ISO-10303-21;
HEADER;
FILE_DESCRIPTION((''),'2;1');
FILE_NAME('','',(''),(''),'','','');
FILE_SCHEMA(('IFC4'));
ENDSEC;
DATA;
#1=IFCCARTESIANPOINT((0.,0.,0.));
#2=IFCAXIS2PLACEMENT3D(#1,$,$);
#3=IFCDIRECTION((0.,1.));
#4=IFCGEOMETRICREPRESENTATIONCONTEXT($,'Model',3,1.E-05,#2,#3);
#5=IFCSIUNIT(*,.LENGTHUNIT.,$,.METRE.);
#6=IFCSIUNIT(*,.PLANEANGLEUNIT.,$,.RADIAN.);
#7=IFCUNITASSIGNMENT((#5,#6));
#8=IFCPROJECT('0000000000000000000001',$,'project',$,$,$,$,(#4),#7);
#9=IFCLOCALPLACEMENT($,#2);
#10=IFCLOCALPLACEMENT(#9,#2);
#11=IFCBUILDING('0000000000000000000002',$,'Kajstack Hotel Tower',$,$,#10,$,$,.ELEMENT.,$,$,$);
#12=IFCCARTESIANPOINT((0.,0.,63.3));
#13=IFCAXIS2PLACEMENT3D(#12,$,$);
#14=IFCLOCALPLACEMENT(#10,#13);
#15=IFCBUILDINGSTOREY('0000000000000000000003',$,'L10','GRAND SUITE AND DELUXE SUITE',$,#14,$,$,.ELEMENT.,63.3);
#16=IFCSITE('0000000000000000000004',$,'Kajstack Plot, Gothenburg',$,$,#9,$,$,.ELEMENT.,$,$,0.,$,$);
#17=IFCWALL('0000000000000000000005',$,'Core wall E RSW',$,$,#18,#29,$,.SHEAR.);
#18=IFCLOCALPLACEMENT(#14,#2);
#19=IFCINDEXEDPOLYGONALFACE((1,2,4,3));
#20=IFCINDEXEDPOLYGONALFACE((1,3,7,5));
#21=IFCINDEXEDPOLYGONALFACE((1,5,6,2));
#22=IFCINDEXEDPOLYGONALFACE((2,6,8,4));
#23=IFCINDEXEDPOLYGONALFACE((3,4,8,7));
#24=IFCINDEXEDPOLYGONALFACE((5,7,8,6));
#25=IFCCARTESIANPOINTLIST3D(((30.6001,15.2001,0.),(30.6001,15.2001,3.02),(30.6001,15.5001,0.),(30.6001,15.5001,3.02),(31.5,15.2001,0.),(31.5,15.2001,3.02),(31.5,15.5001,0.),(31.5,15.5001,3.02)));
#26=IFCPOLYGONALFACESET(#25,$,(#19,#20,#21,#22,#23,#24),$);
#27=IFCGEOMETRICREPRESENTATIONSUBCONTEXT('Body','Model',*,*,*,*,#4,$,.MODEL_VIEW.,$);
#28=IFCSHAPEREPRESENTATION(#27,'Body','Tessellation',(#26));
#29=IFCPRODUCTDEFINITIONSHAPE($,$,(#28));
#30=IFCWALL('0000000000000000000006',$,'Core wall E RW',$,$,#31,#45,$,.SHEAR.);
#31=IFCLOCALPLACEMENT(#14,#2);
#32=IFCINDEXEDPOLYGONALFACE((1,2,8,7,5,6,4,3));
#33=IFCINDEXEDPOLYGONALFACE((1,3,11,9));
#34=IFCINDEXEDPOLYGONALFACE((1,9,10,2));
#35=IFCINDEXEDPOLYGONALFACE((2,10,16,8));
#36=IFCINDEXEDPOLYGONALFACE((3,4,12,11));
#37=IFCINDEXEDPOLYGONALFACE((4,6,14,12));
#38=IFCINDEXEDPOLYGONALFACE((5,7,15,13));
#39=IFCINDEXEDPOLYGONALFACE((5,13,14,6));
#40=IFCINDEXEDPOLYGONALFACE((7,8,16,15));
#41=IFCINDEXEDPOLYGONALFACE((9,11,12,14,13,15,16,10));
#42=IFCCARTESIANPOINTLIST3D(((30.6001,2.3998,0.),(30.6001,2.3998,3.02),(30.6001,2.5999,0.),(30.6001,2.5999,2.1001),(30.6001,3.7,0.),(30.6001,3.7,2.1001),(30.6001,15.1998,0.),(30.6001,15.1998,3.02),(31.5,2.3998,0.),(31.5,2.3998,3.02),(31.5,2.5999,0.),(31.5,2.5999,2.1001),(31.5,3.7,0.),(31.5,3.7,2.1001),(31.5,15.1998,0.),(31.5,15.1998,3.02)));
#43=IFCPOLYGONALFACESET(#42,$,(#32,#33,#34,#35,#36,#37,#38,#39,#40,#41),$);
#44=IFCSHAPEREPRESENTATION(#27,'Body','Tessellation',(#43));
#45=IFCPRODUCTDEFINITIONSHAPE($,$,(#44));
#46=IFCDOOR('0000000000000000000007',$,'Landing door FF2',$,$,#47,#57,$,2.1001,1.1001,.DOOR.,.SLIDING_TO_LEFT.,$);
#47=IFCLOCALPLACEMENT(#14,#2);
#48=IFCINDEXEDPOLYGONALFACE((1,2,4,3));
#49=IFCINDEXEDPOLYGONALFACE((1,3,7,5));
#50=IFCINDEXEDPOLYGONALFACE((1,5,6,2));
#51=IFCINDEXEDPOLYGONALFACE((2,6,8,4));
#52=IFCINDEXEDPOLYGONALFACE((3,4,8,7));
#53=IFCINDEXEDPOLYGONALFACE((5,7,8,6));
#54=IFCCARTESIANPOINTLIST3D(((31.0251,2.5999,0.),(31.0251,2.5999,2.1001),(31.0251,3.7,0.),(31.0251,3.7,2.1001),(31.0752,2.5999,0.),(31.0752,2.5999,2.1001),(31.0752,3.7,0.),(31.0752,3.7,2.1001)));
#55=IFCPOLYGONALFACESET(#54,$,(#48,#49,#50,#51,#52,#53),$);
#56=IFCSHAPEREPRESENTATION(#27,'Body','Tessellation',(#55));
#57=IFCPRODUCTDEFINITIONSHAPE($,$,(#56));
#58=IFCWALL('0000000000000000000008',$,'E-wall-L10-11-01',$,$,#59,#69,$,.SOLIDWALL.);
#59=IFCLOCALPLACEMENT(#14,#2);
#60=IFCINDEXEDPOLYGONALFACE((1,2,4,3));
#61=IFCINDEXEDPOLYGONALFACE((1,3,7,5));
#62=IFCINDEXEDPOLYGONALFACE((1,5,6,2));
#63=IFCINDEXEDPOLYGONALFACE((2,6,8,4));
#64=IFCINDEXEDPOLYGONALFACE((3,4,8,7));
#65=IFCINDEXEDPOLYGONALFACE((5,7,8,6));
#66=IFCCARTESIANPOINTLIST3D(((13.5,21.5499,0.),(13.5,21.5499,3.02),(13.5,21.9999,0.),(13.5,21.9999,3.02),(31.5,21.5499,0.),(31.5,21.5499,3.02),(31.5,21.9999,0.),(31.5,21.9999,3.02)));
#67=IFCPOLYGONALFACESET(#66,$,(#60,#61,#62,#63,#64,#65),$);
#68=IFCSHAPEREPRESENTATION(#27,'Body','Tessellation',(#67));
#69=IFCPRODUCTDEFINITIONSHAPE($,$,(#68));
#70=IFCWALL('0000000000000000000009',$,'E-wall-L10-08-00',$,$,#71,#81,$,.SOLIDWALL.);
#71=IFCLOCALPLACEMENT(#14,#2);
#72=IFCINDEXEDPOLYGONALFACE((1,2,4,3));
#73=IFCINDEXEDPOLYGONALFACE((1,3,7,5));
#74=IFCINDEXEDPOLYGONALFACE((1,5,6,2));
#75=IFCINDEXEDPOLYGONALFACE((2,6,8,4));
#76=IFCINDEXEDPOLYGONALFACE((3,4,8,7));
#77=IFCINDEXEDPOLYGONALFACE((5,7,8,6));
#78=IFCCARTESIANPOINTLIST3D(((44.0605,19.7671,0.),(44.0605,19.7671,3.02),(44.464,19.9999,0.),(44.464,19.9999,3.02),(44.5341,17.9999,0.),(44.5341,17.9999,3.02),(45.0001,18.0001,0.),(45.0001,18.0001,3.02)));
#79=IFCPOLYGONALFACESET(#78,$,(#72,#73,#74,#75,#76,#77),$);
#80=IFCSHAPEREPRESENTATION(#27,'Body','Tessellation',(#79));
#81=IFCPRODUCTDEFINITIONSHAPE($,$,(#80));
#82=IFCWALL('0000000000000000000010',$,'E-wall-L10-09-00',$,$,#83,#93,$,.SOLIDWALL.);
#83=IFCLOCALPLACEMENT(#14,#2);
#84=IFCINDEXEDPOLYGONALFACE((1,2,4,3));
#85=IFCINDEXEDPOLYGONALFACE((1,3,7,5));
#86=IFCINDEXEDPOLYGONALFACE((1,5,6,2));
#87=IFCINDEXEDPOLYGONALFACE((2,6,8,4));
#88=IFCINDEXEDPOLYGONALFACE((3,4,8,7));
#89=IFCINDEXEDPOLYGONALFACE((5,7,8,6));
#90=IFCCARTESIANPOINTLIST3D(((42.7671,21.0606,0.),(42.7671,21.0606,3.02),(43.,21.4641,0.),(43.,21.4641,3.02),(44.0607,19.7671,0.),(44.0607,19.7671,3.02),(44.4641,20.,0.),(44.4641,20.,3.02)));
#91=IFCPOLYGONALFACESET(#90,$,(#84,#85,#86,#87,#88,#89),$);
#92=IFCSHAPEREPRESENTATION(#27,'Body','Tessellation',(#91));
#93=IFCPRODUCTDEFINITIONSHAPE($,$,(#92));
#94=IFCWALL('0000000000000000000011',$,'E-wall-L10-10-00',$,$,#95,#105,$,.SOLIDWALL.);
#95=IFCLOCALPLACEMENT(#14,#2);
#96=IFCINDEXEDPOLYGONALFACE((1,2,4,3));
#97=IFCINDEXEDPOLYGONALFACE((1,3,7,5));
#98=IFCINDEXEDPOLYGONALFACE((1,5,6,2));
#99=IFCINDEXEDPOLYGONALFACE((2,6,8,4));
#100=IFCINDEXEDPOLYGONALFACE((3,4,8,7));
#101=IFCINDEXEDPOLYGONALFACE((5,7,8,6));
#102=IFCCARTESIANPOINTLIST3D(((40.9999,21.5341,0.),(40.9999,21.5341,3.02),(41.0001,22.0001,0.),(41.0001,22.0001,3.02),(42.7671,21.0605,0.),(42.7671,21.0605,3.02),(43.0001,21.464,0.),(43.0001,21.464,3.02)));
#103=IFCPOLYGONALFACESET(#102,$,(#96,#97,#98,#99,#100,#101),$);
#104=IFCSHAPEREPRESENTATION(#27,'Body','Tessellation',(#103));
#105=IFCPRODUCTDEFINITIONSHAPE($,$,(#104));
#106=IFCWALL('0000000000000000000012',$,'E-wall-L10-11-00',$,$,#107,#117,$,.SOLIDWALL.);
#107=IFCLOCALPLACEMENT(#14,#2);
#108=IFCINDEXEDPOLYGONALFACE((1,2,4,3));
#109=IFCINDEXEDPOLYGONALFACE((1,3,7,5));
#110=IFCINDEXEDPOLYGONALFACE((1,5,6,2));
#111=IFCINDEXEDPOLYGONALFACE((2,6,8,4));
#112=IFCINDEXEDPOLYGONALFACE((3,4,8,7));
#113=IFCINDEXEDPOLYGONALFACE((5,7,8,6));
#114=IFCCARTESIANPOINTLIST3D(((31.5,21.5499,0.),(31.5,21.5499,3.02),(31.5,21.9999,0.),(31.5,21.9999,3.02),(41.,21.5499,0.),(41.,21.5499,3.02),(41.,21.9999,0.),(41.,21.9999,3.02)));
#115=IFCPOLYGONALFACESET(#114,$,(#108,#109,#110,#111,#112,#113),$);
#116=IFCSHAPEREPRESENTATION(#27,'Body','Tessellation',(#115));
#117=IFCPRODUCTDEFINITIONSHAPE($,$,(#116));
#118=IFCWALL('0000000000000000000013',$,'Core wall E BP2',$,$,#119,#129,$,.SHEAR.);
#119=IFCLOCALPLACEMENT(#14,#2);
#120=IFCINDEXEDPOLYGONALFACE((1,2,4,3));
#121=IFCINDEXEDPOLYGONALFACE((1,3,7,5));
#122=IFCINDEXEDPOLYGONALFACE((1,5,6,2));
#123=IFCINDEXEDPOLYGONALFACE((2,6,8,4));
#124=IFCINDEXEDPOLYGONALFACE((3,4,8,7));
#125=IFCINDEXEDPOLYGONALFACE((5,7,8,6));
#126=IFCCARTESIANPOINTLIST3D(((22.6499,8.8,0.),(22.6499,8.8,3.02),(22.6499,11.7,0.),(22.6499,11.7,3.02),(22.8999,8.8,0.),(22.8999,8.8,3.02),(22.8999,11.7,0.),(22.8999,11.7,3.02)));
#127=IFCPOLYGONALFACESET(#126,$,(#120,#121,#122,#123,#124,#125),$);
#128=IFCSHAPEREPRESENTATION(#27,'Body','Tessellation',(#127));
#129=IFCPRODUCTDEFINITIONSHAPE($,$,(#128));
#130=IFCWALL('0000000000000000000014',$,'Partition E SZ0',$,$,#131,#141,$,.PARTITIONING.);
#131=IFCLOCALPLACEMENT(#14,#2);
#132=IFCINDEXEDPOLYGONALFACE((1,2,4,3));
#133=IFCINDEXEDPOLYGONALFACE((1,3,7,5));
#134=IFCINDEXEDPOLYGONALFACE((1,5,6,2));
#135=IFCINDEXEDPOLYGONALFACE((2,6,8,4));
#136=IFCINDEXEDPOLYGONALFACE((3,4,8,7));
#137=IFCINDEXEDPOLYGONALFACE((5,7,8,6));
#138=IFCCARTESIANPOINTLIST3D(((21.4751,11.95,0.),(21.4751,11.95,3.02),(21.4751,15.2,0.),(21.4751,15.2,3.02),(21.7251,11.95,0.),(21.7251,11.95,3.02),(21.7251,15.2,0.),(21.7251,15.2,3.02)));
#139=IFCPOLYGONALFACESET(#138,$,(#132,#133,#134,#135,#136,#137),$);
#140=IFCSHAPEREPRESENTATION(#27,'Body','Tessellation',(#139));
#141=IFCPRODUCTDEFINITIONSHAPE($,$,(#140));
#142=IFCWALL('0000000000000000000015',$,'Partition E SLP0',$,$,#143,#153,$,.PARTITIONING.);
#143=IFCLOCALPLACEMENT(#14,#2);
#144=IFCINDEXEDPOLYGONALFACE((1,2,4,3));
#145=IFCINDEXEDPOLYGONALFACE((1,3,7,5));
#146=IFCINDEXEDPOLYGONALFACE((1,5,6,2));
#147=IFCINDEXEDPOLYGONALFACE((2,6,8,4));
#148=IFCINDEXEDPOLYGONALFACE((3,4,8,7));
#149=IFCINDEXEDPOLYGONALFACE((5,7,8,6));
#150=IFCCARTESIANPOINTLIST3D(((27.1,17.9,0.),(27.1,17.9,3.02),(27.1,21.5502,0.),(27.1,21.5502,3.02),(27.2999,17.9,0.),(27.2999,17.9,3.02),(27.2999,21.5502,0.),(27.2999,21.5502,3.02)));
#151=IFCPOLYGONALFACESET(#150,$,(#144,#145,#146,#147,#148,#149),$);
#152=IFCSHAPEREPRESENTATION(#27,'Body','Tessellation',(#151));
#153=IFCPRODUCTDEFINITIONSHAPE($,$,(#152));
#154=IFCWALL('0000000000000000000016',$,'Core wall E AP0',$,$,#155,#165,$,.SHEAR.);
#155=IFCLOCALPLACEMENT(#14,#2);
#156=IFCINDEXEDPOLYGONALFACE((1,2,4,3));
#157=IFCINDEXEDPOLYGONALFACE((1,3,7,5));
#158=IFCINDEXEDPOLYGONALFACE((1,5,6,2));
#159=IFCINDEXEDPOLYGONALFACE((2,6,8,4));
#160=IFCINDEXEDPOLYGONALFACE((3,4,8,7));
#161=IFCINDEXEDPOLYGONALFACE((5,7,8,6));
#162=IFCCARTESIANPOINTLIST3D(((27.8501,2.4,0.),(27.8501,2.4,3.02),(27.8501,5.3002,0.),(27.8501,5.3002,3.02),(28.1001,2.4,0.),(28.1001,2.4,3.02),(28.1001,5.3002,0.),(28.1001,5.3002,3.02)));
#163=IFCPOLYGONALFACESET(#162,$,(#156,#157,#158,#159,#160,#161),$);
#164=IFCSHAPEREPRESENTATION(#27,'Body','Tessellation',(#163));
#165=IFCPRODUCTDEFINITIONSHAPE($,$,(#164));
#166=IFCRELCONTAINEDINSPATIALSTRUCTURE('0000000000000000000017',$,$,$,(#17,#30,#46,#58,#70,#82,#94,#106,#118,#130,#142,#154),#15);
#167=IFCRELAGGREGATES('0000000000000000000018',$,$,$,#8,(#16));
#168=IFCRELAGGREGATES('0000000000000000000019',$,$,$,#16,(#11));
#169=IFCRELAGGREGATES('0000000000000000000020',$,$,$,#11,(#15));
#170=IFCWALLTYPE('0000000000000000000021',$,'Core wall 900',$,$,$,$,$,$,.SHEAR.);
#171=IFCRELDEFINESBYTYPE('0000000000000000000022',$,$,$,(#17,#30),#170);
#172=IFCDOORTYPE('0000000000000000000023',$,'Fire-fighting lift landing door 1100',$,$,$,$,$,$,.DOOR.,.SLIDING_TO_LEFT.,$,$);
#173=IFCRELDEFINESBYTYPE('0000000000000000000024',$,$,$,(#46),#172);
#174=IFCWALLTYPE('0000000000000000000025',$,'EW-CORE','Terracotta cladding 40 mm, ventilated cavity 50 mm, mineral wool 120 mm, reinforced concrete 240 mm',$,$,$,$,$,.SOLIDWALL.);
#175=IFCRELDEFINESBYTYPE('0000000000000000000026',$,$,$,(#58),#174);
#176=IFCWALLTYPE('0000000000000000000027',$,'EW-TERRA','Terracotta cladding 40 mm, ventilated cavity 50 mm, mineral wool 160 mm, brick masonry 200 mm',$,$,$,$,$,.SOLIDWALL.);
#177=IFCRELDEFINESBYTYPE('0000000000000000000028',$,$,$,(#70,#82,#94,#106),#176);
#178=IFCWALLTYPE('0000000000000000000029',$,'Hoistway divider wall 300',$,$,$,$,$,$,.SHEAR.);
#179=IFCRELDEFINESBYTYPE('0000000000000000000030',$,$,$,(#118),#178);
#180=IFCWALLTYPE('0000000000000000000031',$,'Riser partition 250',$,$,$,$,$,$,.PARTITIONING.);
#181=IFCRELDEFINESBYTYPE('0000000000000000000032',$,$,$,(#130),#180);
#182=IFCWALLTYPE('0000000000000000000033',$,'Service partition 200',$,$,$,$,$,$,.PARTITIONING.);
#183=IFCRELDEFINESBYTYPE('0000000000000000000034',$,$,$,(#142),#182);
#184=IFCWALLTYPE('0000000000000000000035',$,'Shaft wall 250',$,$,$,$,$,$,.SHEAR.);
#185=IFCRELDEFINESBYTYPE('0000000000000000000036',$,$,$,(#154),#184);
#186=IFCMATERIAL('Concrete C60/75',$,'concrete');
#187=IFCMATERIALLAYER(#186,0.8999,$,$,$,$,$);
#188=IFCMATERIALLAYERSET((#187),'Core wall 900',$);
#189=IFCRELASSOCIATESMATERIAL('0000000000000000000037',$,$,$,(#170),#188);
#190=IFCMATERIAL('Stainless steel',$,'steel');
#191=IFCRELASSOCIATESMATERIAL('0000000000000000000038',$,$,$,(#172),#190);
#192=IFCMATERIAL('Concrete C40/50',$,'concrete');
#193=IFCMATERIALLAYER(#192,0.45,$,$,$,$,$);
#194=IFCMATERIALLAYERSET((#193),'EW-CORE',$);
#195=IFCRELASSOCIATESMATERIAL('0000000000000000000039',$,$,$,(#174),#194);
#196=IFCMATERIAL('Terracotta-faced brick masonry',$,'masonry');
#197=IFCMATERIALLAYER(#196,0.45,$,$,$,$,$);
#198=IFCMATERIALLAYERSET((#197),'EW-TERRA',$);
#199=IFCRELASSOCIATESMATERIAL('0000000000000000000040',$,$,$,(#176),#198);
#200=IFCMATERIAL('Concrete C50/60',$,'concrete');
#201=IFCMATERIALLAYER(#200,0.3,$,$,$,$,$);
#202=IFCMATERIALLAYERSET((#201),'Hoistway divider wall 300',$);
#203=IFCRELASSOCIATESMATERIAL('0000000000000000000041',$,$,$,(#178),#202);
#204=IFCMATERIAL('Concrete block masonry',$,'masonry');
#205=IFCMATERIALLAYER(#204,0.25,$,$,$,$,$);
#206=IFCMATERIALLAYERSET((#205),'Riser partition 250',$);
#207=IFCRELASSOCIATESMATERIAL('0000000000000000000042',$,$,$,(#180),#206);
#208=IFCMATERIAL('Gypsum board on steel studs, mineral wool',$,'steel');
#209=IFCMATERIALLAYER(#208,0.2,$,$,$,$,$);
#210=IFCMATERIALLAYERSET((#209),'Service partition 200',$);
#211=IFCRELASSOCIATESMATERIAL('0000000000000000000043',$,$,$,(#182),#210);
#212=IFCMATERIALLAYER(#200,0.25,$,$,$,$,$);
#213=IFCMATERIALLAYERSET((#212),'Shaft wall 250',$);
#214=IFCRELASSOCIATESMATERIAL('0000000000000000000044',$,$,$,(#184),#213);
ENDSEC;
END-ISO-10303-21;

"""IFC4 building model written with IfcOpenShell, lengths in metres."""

from ifc_helpers import new_model, si_unit, direction, frame, frame_2d, origin, place, context, subcontext, project, spatial, polyline, rectangle, outline, extrude, material, layer, layer_set, type_object, element, fill, save


model = new_model("IFC4")

# Units and contexts
model_context = context("Model", 3, precision=1e-05, world=origin(), true_north=direction((0.0, 1.0)))
body_context = subcontext(model_context, "Body", "Model", "MODEL_VIEW")
ifc_project = project(units=[si_unit("LENGTHUNIT", "METRE"), si_unit("PLANEANGLEUNIT", "RADIAN")], contexts=[model_context])

# Site, building, storey
site_placement = place(None, origin())
site = spatial("IfcSite", under=ifc_project, at=site_placement, Name="Kajstack Plot, Gothenburg", CompositionType="ELEMENT", RefElevation=0.0)
building_placement = place(site_placement, origin())
building = spatial("IfcBuilding", under=site, at=building_placement, Name="Kajstack Hotel Tower", CompositionType="ELEMENT")
storey_placement = place(building_placement, frame((0.0, 0.0, 63.3)))
storey = spatial("IfcBuildingStorey", under=building, at=storey_placement, Name="L10", Description="GRAND SUITE AND DELUXE SUITE", CompositionType="ELEMENT", Elevation=63.3)

# Wall
ifc_material_1 = material(Name="Concrete C60/75", Category="concrete")
ifc_layer_1 = layer(ifc_material_1, 0.8999)
ifc_layer_set_1 = layer_set([ifc_layer_1], Name="Core wall 900")
wall_type_1 = type_object("IfcWallType", Name="Core wall 900", PredefinedType="SHEAR", material=ifc_layer_set_1)
wall_1_placement = place(storey_placement, frame((30.6001, 15.3501, 0.0), z_axis=(0.0, 0.0, 1.0), x_axis=(1.0, 0.0, 0.0)))
element("IfcWall", 1, at=wall_1_placement, inside=storey, type_object=wall_type_1, Name="Core wall E RSW", PredefinedType="SHEAR", context=body_context, shape_type="SweptSolid", body=[
    extrude(rectangle(XDim=0.8999, YDim=0.3, at=frame_2d((0.45, 0.0))), origin(), (0.0, 0.0, 1.0), 3.02),
])

# Wall, opening, door
wall_2_placement = place(storey_placement, frame((31.05, 2.3999, 0.0), z_axis=(0.0, 0.0, 1.0), x_axis=(0.0, 1.0, 0.0)))
wall_2 = element("IfcWall", 2, at=wall_2_placement, inside=storey, type_object=wall_type_1, Name="Core wall E RW", PredefinedType="SHEAR", context=body_context, shape_type="SweptSolid", body=[
    extrude(rectangle(XDim=12.8, YDim=0.8999, at=frame_2d((6.3999, 0.0))), origin(), (0.0, 0.0, 1.0), 3.02),
])
opening_1_placement = place(wall_2_placement, frame((0.2, 0.0, 0.0)))
opening_1 = element("IfcOpeningElement", 3, at=opening_1_placement, cuts=wall_2, PredefinedType="OPENING", context=body_context, shape_type="SweptSolid", body=[
    extrude(rectangle(XDim=1.1001, YDim=2.1001, at=frame_2d((0.55, 1.05))), frame((0.0, 0.46, 0.0), z_axis=(0.0, -1.0, 0.0), x_axis=(1.0, 0.0, 0.0)), (0.0, 0.0, 1.0), 0.9199),
])
ifc_material_2 = material(Name="Stainless steel", Category="steel")
door_type_1 = type_object("IfcDoorType", Name="Fire-fighting lift landing door 1100", OperationType="SLIDING_TO_LEFT", PredefinedType="DOOR", material=ifc_material_2)
door_1_placement = place(opening_1_placement, origin())
door_1 = element("IfcDoor", 4, at=door_1_placement, inside=storey, type_object=door_type_1, Name="Landing door FF2", OperationType="SLIDING_TO_LEFT", OverallHeight=2.1001, OverallWidth=1.1001, PredefinedType="DOOR", context=body_context, shape_type="SweptSolid", body=[
    extrude(rectangle(XDim=1.1001, YDim=2.1001, at=frame_2d((0.55, 1.05))), frame((0.0, 0.0249, 0.0), z_axis=(0.0, -1.0, 0.0), x_axis=(1.0, 0.0, 0.0)), (0.0, 0.0, 1.0), 0.05),
])
fill(opening_1, door_1)

# Walls
ifc_material_3 = material(Name="Concrete C40/50", Category="concrete")
ifc_layer_2 = layer(ifc_material_3, 0.45)
ifc_layer_set_2 = layer_set([ifc_layer_2], Name="EW-CORE")
wall_type_2 = type_object("IfcWallType", Name="EW-CORE", Description="Terracotta cladding 40 mm, ventilated cavity 50 mm, mineral wool 120 mm, reinforced concrete 240 mm", PredefinedType="SOLIDWALL", material=ifc_layer_set_2)
wall_3_placement = place(storey_placement, frame((31.5, 21.7749, 0.0), z_axis=(0.0, 0.0, 1.0), x_axis=(-1.0, 0.0, 0.0)))
element("IfcWall", 5, at=wall_3_placement, inside=storey, type_object=wall_type_2, Name="E-wall-L10-11-01", PredefinedType="SOLIDWALL", context=body_context, shape_type="SweptSolid", body=[
    extrude(rectangle(XDim=18.0, YDim=0.45, at=frame_2d((9.0, 0.0))), origin(), (0.0, 0.0, 1.0), 3.02),
])
ifc_material_4 = material(Name="Terracotta-faced brick masonry", Category="masonry")
ifc_layer_3 = layer(ifc_material_4, 0.45)
ifc_layer_set_3 = layer_set([ifc_layer_3], Name="EW-TERRA")
wall_type_3 = type_object("IfcWallType", Name="EW-TERRA", Description="Terracotta cladding 40 mm, ventilated cavity 50 mm, mineral wool 160 mm, brick masonry 200 mm", PredefinedType="SOLIDWALL", material=ifc_layer_set_3)
wall_4_placement = place(storey_placement, frame((44.7827, 17.9417, 0.0), z_axis=(0.0, 0.0, 1.0), x_axis=(-0.258815, 0.965927, 0.0)))
element("IfcWall", 6, at=wall_4_placement, inside=storey, type_object=wall_type_3, Name="E-wall-L10-08-00", PredefinedType="SOLIDWALL", context=body_context, shape_type="SweptSolid", body=[
    extrude(outline(polyline([(0.0002, -0.2251), (2.0706, -0.2249), (1.9502, 0.2251), (0.1206, 0.2251), (0.0002, -0.2251)])), origin(), (0.0, 0.0, 1.0), 3.02),
])
wall_5_placement = place(storey_placement, frame((44.3049, 19.8408, 0.0), z_axis=(0.0, 0.0, 1.0), x_axis=(-0.707107, 0.707107, 0.0)))
element("IfcWall", 7, at=wall_5_placement, inside=storey, type_object=wall_type_3, Name="E-wall-L10-09-00", PredefinedType="SOLIDWALL", context=body_context, shape_type="SweptSolid", body=[
    extrude(outline(polyline([(0.0, -0.2251), (2.0706, -0.2251), (1.95, 0.2249), (0.1206, 0.2249), (0.0, -0.2251)])), origin(), (0.0, 0.0, 1.0), 3.02),
])
wall_6_placement = place(storey_placement, frame((42.9417, 21.2468, 0.0), z_axis=(0.0, 0.0, 1.0), x_axis=(-0.965927, 0.258815, 0.0)))
element("IfcWall", 8, at=wall_6_placement, inside=storey, type_object=wall_type_3, Name="E-wall-L10-10-00", PredefinedType="SOLIDWALL", context=body_context, shape_type="SweptSolid", body=[
    extrude(outline(polyline([(-0.0002, -0.2249), (2.0703, -0.2251), (1.95, 0.2251), (0.1204, 0.2251), (-0.0002, -0.2249)])), origin(), (0.0, 0.0, 1.0), 3.02),
])
wall_7_placement = place(storey_placement, frame((41.0, 21.7749, 0.0), z_axis=(0.0, 0.0, 1.0), x_axis=(-1.0, 0.0, 0.0)))
element("IfcWall", 9, at=wall_7_placement, inside=storey, type_object=wall_type_3, Name="E-wall-L10-11-00", PredefinedType="SOLIDWALL", context=body_context, shape_type="SweptSolid", body=[
    extrude(rectangle(XDim=9.5, YDim=0.45, at=frame_2d((4.75, 0.0))), origin(), (0.0, 0.0, 1.0), 3.02),
])
ifc_material_5 = material(Name="Concrete C50/60", Category="concrete")
ifc_layer_4 = layer(ifc_material_5, 0.3)
ifc_layer_set_4 = layer_set([ifc_layer_4], Name="Hoistway divider wall 300")
wall_type_4 = type_object("IfcWallType", Name="Hoistway divider wall 300", PredefinedType="SHEAR", material=ifc_layer_set_4)
wall_8_placement = place(storey_placement, frame((22.7749, 8.8, 0.0), z_axis=(0.0, 0.0, 1.0), x_axis=(0.0, 1.0, 0.0)))
element("IfcWall", 10, at=wall_8_placement, inside=storey, type_object=wall_type_4, Name="Core wall E BP2", PredefinedType="SHEAR", context=body_context, shape_type="SweptSolid", body=[
    extrude(rectangle(XDim=2.8999, YDim=0.25, at=frame_2d((1.45, 0.0))), origin(), (0.0, 0.0, 1.0), 3.02),
])
ifc_material_6 = material(Name="Concrete block masonry", Category="masonry")
ifc_layer_5 = layer(ifc_material_6, 0.25)
ifc_layer_set_5 = layer_set([ifc_layer_5], Name="Riser partition 250")
wall_type_5 = type_object("IfcWallType", Name="Riser partition 250", PredefinedType="PARTITIONING", material=ifc_layer_set_5)
wall_9_placement = place(storey_placement, frame((21.6001, 11.95, 0.0), z_axis=(0.0, 0.0, 1.0), x_axis=(0.0, 1.0, 0.0)))
element("IfcWall", 11, at=wall_9_placement, inside=storey, type_object=wall_type_5, Name="Partition E SZ0", PredefinedType="PARTITIONING", context=body_context, shape_type="SweptSolid", body=[
    extrude(rectangle(XDim=3.25, YDim=0.25, at=frame_2d((1.625, 0.0))), origin(), (0.0, 0.0, 1.0), 3.02),
])
ifc_material_7 = material(Name="Gypsum board on steel studs, mineral wool", Category="steel")
ifc_layer_6 = layer(ifc_material_7, 0.2)
ifc_layer_set_6 = layer_set([ifc_layer_6], Name="Service partition 200")
wall_type_6 = type_object("IfcWallType", Name="Service partition 200", PredefinedType="PARTITIONING", material=ifc_layer_set_6)
wall_10_placement = place(storey_placement, frame((27.2, 17.8999, 0.0), z_axis=(0.0, 0.0, 1.0), x_axis=(0.0, 1.0, 0.0)))
element("IfcWall", 12, at=wall_10_placement, inside=storey, type_object=wall_type_6, Name="Partition E SLP0", PredefinedType="PARTITIONING", context=body_context, shape_type="SweptSolid", body=[
    extrude(rectangle(XDim=3.6501, YDim=0.2, at=frame_2d((1.8252, 0.0))), origin(), (0.0, 0.0, 1.0), 3.02),
])
ifc_layer_7 = layer(ifc_material_5, 0.25)
ifc_layer_set_7 = layer_set([ifc_layer_7], Name="Shaft wall 250")
wall_type_7 = type_object("IfcWallType", Name="Shaft wall 250", PredefinedType="SHEAR", material=ifc_layer_set_7)
wall_11_placement = place(storey_placement, frame((27.9751, 2.3999, 0.0), z_axis=(0.0, 0.0, 1.0), x_axis=(0.0, 1.0, 0.0)))
element("IfcWall", 13, at=wall_11_placement, inside=storey, type_object=wall_type_7, Name="Core wall E AP0", PredefinedType="SHEAR", context=body_context, shape_type="SweptSolid", body=[
    extrude(rectangle(XDim=2.9001, YDim=0.25, at=frame_2d((1.4502, 0.0))), origin(), (0.0, 0.0, 1.0), 3.02),
])

save(model, "model.ifc")
